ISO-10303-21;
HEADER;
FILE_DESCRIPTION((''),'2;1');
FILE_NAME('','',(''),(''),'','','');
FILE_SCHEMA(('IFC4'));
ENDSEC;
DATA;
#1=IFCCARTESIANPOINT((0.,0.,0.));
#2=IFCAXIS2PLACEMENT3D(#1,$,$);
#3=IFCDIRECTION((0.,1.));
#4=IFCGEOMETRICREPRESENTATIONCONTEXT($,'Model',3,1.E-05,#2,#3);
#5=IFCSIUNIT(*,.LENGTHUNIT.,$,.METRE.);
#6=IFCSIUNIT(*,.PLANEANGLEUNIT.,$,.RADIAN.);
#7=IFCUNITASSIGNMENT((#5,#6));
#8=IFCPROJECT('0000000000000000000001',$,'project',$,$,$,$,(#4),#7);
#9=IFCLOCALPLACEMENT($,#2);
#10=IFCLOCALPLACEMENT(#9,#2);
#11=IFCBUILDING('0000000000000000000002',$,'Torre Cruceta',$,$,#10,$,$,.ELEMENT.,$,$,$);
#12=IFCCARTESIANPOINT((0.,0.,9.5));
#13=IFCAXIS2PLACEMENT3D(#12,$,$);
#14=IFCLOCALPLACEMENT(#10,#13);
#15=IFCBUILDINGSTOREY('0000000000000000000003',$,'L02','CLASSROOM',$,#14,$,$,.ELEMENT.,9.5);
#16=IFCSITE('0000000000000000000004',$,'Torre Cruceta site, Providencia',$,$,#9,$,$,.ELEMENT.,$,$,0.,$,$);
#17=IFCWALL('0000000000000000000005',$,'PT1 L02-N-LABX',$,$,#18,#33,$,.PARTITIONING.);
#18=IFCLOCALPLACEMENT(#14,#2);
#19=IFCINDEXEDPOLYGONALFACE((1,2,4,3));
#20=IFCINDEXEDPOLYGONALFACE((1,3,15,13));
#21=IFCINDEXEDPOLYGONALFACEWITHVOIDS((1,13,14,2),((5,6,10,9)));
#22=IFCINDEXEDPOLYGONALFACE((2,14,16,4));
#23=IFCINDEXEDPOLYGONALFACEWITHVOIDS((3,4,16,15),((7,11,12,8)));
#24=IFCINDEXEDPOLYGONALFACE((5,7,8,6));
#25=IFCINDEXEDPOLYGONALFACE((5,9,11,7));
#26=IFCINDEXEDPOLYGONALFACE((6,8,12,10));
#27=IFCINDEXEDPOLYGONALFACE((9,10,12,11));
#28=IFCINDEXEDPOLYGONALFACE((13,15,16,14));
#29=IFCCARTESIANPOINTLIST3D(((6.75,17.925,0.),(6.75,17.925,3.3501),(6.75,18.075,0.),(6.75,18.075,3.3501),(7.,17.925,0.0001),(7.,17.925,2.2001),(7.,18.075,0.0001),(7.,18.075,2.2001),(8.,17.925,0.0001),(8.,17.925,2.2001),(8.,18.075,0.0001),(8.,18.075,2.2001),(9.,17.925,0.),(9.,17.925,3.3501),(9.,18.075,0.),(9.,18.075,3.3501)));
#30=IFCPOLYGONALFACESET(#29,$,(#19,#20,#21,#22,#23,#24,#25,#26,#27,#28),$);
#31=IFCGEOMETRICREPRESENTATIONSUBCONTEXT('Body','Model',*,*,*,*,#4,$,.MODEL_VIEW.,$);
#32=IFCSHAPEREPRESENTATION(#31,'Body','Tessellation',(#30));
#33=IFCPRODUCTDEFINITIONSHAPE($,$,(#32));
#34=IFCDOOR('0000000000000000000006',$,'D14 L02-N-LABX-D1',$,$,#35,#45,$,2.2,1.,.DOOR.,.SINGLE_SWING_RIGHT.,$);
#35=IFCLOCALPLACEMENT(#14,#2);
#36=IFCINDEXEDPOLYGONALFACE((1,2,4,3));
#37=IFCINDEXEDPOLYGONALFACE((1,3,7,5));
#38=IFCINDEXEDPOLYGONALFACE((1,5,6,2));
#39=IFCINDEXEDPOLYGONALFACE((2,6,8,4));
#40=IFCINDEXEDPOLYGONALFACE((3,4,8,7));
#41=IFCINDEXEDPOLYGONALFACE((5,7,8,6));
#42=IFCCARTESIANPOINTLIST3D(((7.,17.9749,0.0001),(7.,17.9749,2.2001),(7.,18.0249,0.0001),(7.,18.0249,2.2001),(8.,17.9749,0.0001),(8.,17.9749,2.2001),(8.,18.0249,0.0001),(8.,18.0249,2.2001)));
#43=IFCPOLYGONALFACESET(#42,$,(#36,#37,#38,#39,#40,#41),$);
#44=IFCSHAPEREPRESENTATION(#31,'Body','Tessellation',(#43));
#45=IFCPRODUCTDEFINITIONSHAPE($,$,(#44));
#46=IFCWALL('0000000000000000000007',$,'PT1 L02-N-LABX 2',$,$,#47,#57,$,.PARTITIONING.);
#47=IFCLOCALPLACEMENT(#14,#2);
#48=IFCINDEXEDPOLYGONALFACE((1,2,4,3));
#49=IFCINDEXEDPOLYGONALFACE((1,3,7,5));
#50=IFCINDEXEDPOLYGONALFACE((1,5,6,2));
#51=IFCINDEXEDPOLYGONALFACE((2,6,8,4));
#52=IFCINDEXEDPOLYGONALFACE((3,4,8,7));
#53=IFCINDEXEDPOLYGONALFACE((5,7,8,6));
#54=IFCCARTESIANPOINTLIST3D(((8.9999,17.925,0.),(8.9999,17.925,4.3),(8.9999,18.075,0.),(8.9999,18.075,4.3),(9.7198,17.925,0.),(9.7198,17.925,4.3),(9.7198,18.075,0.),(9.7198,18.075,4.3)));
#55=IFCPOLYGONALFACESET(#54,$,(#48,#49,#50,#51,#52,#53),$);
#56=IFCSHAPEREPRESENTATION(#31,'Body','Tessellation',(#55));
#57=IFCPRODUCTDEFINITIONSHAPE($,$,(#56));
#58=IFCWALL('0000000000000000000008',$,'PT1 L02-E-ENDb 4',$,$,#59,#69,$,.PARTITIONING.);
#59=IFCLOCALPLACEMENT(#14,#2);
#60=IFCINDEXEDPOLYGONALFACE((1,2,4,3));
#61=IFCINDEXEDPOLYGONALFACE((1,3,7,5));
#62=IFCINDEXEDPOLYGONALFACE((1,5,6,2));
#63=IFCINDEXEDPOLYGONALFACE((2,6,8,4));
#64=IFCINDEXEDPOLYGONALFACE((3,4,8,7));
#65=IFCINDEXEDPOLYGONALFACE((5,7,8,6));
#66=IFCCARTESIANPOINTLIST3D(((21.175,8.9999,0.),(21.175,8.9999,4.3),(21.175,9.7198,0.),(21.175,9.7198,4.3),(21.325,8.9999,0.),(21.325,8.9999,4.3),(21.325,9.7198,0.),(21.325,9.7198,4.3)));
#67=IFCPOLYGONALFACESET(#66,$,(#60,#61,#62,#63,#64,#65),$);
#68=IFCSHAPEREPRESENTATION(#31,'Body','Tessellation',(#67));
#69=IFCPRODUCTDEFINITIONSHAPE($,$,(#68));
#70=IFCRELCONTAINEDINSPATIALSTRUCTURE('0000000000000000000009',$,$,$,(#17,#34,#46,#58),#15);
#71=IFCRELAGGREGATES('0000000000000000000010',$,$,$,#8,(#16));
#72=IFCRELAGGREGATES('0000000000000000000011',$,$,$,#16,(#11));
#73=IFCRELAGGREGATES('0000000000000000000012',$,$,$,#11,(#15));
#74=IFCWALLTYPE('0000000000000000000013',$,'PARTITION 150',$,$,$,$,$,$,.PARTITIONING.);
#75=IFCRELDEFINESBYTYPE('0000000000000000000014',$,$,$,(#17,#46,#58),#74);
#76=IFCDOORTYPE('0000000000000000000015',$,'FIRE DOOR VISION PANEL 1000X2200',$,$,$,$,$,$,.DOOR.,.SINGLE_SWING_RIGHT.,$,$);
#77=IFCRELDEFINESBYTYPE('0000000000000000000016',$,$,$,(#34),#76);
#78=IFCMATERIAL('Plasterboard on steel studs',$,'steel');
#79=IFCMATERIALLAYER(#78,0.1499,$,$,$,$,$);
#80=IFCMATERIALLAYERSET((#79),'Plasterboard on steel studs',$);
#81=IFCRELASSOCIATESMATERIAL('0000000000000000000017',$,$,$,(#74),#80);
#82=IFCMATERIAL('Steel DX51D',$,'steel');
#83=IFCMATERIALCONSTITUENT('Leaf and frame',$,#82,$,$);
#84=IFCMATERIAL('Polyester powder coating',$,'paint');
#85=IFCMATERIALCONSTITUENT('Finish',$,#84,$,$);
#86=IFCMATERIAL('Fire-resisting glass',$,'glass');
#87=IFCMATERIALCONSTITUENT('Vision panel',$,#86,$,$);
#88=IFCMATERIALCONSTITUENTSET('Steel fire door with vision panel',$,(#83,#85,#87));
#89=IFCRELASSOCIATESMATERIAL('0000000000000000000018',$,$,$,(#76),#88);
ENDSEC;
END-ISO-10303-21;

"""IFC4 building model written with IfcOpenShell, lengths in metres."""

from ifc_helpers import new_model, si_unit, direction, frame, frame_2d, origin, place, context, subcontext, project, spatial, rectangle, extrude, material, layer, layer_set, constituent, constituent_set, type_object, element, fill, save


model = new_model("IFC4")

# Units and contexts
model_context = context("Model", 3, precision=1e-05, world=origin(), true_north=direction((0.0, 1.0)))
body_context = subcontext(model_context, "Body", "Model", "MODEL_VIEW")
ifc_project = project(units=[si_unit("LENGTHUNIT", "METRE"), si_unit("PLANEANGLEUNIT", "RADIAN")], contexts=[model_context])

# Site, building, storey
site_placement = place(None, origin())
site = spatial("IfcSite", under=ifc_project, at=site_placement, Name="Torre Cruceta site, Providencia", CompositionType="ELEMENT", RefElevation=0.0)
building_placement = place(site_placement, origin())
building = spatial("IfcBuilding", under=site, at=building_placement, Name="Torre Cruceta", CompositionType="ELEMENT")
storey_placement = place(building_placement, frame((0.0, 0.0, 9.5)))
storey = spatial("IfcBuildingStorey", under=building, at=storey_placement, Name="L02", Description="CLASSROOM", CompositionType="ELEMENT", Elevation=9.5)

# Shared definitions
ifc_material_1 = material(Name="Plasterboard on steel studs", Category="steel")
ifc_layer_1 = layer(ifc_material_1, 0.1499)
ifc_layer_set_1 = layer_set([ifc_layer_1], Name="Plasterboard on steel studs")
wall_type_1 = type_object("IfcWallType", Name="PARTITION 150", PredefinedType="PARTITIONING", material=ifc_layer_set_1)

# Wall, opening, door
wall_1_placement = place(storey_placement, frame((6.75, 18.0, 0.0), z_axis=(0.0, 0.0, 1.0), x_axis=(1.0, 0.0, 0.0)))
wall_1 = element("IfcWall", 1, at=wall_1_placement, inside=storey, type_object=wall_type_1, Name="PT1 L02-N-LABX", PredefinedType="PARTITIONING", context=body_context, shape_type="SweptSolid", body=[
    extrude(rectangle(XDim=2.25, YDim=0.1499, at=frame_2d((1.125, 0.0))), origin(), (0.0, 0.0, 1.0), 3.3501),
])
opening_1_placement = place(wall_1_placement, frame((0.25, 0.0, 0.0)))
opening_1 = element("IfcOpeningElement", 2, at=opening_1_placement, cuts=wall_1, PredefinedType="OPENING", context=body_context, shape_type="SweptSolid", body=[
    extrude(rectangle(XDim=1.0, YDim=2.2, at=frame_2d((0.5, 1.1001))), frame((0.0, 0.085, 0.0), z_axis=(0.0, -1.0, 0.0), x_axis=(1.0, 0.0, 0.0)), (0.0, 0.0, 1.0), 0.1699),
])
ifc_material_2 = material(Name="Steel DX51D", Category="steel")
ifc_constituent_1 = constituent(ifc_material_2, Name="Leaf and frame")
ifc_material_3 = material(Name="Polyester powder coating", Category="paint")
ifc_constituent_2 = constituent(ifc_material_3, Name="Finish")
ifc_material_4 = material(Name="Fire-resisting glass", Category="glass")
ifc_constituent_3 = constituent(ifc_material_4, Name="Vision panel")
ifc_constituent_set_1 = constituent_set(constituents=[ifc_constituent_1, ifc_constituent_2, ifc_constituent_3], Name="Steel fire door with vision panel")
door_type = type_object("IfcDoorType", Name="FIRE DOOR VISION PANEL 1000X2200", OperationType="SINGLE_SWING_RIGHT", PredefinedType="DOOR", material=ifc_constituent_set_1)
door_placement = place(opening_1_placement, frame((1.0, 0.0, 0.0), z_axis=(0.0, 0.0, 1.0), x_axis=(-1.0, 0.0, 0.0)))
door = element("IfcDoor", 3, at=door_placement, inside=storey, type_object=door_type, Name="D14 L02-N-LABX-D1", OperationType="SINGLE_SWING_RIGHT", OverallHeight=2.2, OverallWidth=1.0, PredefinedType="DOOR", context=body_context, shape_type="SweptSolid", body=[
    extrude(rectangle(XDim=1.0, YDim=2.2, at=frame_2d((0.5, 1.1001))), frame((0.0, 0.0251, 0.0), z_axis=(0.0, -1.0, 0.0), x_axis=(1.0, 0.0, 0.0)), (0.0, 0.0, 1.0), 0.05),
])
fill(opening_1, door)

# Walls
for number, where, z_axis, x_axis, name in (
    (4, (9.0, 18.0, 0.0), (0.0, 0.0, 1.0), (1.0, 0.0, 0.0), "PT1 L02-N-LABX 2"),
    (5, (21.25, 9.0, 0.0), (0.0, 0.0, 1.0), (0.0, 1.0, 0.0), "PT1 L02-E-ENDb 4"),
):
    element("IfcWall", number, at=place(storey_placement, frame(where, z_axis=z_axis, x_axis=x_axis)), inside=storey, type_object=wall_type_1, Name=name, PredefinedType="PARTITIONING", context=body_context, shape_type="SweptSolid", body=[
        extrude(rectangle(XDim=0.72, YDim=0.1499, at=frame_2d((0.3599, 0.0))), origin(), (0.0, 0.0, 1.0), 4.3),
    ])

save(model, "model.ifc")
